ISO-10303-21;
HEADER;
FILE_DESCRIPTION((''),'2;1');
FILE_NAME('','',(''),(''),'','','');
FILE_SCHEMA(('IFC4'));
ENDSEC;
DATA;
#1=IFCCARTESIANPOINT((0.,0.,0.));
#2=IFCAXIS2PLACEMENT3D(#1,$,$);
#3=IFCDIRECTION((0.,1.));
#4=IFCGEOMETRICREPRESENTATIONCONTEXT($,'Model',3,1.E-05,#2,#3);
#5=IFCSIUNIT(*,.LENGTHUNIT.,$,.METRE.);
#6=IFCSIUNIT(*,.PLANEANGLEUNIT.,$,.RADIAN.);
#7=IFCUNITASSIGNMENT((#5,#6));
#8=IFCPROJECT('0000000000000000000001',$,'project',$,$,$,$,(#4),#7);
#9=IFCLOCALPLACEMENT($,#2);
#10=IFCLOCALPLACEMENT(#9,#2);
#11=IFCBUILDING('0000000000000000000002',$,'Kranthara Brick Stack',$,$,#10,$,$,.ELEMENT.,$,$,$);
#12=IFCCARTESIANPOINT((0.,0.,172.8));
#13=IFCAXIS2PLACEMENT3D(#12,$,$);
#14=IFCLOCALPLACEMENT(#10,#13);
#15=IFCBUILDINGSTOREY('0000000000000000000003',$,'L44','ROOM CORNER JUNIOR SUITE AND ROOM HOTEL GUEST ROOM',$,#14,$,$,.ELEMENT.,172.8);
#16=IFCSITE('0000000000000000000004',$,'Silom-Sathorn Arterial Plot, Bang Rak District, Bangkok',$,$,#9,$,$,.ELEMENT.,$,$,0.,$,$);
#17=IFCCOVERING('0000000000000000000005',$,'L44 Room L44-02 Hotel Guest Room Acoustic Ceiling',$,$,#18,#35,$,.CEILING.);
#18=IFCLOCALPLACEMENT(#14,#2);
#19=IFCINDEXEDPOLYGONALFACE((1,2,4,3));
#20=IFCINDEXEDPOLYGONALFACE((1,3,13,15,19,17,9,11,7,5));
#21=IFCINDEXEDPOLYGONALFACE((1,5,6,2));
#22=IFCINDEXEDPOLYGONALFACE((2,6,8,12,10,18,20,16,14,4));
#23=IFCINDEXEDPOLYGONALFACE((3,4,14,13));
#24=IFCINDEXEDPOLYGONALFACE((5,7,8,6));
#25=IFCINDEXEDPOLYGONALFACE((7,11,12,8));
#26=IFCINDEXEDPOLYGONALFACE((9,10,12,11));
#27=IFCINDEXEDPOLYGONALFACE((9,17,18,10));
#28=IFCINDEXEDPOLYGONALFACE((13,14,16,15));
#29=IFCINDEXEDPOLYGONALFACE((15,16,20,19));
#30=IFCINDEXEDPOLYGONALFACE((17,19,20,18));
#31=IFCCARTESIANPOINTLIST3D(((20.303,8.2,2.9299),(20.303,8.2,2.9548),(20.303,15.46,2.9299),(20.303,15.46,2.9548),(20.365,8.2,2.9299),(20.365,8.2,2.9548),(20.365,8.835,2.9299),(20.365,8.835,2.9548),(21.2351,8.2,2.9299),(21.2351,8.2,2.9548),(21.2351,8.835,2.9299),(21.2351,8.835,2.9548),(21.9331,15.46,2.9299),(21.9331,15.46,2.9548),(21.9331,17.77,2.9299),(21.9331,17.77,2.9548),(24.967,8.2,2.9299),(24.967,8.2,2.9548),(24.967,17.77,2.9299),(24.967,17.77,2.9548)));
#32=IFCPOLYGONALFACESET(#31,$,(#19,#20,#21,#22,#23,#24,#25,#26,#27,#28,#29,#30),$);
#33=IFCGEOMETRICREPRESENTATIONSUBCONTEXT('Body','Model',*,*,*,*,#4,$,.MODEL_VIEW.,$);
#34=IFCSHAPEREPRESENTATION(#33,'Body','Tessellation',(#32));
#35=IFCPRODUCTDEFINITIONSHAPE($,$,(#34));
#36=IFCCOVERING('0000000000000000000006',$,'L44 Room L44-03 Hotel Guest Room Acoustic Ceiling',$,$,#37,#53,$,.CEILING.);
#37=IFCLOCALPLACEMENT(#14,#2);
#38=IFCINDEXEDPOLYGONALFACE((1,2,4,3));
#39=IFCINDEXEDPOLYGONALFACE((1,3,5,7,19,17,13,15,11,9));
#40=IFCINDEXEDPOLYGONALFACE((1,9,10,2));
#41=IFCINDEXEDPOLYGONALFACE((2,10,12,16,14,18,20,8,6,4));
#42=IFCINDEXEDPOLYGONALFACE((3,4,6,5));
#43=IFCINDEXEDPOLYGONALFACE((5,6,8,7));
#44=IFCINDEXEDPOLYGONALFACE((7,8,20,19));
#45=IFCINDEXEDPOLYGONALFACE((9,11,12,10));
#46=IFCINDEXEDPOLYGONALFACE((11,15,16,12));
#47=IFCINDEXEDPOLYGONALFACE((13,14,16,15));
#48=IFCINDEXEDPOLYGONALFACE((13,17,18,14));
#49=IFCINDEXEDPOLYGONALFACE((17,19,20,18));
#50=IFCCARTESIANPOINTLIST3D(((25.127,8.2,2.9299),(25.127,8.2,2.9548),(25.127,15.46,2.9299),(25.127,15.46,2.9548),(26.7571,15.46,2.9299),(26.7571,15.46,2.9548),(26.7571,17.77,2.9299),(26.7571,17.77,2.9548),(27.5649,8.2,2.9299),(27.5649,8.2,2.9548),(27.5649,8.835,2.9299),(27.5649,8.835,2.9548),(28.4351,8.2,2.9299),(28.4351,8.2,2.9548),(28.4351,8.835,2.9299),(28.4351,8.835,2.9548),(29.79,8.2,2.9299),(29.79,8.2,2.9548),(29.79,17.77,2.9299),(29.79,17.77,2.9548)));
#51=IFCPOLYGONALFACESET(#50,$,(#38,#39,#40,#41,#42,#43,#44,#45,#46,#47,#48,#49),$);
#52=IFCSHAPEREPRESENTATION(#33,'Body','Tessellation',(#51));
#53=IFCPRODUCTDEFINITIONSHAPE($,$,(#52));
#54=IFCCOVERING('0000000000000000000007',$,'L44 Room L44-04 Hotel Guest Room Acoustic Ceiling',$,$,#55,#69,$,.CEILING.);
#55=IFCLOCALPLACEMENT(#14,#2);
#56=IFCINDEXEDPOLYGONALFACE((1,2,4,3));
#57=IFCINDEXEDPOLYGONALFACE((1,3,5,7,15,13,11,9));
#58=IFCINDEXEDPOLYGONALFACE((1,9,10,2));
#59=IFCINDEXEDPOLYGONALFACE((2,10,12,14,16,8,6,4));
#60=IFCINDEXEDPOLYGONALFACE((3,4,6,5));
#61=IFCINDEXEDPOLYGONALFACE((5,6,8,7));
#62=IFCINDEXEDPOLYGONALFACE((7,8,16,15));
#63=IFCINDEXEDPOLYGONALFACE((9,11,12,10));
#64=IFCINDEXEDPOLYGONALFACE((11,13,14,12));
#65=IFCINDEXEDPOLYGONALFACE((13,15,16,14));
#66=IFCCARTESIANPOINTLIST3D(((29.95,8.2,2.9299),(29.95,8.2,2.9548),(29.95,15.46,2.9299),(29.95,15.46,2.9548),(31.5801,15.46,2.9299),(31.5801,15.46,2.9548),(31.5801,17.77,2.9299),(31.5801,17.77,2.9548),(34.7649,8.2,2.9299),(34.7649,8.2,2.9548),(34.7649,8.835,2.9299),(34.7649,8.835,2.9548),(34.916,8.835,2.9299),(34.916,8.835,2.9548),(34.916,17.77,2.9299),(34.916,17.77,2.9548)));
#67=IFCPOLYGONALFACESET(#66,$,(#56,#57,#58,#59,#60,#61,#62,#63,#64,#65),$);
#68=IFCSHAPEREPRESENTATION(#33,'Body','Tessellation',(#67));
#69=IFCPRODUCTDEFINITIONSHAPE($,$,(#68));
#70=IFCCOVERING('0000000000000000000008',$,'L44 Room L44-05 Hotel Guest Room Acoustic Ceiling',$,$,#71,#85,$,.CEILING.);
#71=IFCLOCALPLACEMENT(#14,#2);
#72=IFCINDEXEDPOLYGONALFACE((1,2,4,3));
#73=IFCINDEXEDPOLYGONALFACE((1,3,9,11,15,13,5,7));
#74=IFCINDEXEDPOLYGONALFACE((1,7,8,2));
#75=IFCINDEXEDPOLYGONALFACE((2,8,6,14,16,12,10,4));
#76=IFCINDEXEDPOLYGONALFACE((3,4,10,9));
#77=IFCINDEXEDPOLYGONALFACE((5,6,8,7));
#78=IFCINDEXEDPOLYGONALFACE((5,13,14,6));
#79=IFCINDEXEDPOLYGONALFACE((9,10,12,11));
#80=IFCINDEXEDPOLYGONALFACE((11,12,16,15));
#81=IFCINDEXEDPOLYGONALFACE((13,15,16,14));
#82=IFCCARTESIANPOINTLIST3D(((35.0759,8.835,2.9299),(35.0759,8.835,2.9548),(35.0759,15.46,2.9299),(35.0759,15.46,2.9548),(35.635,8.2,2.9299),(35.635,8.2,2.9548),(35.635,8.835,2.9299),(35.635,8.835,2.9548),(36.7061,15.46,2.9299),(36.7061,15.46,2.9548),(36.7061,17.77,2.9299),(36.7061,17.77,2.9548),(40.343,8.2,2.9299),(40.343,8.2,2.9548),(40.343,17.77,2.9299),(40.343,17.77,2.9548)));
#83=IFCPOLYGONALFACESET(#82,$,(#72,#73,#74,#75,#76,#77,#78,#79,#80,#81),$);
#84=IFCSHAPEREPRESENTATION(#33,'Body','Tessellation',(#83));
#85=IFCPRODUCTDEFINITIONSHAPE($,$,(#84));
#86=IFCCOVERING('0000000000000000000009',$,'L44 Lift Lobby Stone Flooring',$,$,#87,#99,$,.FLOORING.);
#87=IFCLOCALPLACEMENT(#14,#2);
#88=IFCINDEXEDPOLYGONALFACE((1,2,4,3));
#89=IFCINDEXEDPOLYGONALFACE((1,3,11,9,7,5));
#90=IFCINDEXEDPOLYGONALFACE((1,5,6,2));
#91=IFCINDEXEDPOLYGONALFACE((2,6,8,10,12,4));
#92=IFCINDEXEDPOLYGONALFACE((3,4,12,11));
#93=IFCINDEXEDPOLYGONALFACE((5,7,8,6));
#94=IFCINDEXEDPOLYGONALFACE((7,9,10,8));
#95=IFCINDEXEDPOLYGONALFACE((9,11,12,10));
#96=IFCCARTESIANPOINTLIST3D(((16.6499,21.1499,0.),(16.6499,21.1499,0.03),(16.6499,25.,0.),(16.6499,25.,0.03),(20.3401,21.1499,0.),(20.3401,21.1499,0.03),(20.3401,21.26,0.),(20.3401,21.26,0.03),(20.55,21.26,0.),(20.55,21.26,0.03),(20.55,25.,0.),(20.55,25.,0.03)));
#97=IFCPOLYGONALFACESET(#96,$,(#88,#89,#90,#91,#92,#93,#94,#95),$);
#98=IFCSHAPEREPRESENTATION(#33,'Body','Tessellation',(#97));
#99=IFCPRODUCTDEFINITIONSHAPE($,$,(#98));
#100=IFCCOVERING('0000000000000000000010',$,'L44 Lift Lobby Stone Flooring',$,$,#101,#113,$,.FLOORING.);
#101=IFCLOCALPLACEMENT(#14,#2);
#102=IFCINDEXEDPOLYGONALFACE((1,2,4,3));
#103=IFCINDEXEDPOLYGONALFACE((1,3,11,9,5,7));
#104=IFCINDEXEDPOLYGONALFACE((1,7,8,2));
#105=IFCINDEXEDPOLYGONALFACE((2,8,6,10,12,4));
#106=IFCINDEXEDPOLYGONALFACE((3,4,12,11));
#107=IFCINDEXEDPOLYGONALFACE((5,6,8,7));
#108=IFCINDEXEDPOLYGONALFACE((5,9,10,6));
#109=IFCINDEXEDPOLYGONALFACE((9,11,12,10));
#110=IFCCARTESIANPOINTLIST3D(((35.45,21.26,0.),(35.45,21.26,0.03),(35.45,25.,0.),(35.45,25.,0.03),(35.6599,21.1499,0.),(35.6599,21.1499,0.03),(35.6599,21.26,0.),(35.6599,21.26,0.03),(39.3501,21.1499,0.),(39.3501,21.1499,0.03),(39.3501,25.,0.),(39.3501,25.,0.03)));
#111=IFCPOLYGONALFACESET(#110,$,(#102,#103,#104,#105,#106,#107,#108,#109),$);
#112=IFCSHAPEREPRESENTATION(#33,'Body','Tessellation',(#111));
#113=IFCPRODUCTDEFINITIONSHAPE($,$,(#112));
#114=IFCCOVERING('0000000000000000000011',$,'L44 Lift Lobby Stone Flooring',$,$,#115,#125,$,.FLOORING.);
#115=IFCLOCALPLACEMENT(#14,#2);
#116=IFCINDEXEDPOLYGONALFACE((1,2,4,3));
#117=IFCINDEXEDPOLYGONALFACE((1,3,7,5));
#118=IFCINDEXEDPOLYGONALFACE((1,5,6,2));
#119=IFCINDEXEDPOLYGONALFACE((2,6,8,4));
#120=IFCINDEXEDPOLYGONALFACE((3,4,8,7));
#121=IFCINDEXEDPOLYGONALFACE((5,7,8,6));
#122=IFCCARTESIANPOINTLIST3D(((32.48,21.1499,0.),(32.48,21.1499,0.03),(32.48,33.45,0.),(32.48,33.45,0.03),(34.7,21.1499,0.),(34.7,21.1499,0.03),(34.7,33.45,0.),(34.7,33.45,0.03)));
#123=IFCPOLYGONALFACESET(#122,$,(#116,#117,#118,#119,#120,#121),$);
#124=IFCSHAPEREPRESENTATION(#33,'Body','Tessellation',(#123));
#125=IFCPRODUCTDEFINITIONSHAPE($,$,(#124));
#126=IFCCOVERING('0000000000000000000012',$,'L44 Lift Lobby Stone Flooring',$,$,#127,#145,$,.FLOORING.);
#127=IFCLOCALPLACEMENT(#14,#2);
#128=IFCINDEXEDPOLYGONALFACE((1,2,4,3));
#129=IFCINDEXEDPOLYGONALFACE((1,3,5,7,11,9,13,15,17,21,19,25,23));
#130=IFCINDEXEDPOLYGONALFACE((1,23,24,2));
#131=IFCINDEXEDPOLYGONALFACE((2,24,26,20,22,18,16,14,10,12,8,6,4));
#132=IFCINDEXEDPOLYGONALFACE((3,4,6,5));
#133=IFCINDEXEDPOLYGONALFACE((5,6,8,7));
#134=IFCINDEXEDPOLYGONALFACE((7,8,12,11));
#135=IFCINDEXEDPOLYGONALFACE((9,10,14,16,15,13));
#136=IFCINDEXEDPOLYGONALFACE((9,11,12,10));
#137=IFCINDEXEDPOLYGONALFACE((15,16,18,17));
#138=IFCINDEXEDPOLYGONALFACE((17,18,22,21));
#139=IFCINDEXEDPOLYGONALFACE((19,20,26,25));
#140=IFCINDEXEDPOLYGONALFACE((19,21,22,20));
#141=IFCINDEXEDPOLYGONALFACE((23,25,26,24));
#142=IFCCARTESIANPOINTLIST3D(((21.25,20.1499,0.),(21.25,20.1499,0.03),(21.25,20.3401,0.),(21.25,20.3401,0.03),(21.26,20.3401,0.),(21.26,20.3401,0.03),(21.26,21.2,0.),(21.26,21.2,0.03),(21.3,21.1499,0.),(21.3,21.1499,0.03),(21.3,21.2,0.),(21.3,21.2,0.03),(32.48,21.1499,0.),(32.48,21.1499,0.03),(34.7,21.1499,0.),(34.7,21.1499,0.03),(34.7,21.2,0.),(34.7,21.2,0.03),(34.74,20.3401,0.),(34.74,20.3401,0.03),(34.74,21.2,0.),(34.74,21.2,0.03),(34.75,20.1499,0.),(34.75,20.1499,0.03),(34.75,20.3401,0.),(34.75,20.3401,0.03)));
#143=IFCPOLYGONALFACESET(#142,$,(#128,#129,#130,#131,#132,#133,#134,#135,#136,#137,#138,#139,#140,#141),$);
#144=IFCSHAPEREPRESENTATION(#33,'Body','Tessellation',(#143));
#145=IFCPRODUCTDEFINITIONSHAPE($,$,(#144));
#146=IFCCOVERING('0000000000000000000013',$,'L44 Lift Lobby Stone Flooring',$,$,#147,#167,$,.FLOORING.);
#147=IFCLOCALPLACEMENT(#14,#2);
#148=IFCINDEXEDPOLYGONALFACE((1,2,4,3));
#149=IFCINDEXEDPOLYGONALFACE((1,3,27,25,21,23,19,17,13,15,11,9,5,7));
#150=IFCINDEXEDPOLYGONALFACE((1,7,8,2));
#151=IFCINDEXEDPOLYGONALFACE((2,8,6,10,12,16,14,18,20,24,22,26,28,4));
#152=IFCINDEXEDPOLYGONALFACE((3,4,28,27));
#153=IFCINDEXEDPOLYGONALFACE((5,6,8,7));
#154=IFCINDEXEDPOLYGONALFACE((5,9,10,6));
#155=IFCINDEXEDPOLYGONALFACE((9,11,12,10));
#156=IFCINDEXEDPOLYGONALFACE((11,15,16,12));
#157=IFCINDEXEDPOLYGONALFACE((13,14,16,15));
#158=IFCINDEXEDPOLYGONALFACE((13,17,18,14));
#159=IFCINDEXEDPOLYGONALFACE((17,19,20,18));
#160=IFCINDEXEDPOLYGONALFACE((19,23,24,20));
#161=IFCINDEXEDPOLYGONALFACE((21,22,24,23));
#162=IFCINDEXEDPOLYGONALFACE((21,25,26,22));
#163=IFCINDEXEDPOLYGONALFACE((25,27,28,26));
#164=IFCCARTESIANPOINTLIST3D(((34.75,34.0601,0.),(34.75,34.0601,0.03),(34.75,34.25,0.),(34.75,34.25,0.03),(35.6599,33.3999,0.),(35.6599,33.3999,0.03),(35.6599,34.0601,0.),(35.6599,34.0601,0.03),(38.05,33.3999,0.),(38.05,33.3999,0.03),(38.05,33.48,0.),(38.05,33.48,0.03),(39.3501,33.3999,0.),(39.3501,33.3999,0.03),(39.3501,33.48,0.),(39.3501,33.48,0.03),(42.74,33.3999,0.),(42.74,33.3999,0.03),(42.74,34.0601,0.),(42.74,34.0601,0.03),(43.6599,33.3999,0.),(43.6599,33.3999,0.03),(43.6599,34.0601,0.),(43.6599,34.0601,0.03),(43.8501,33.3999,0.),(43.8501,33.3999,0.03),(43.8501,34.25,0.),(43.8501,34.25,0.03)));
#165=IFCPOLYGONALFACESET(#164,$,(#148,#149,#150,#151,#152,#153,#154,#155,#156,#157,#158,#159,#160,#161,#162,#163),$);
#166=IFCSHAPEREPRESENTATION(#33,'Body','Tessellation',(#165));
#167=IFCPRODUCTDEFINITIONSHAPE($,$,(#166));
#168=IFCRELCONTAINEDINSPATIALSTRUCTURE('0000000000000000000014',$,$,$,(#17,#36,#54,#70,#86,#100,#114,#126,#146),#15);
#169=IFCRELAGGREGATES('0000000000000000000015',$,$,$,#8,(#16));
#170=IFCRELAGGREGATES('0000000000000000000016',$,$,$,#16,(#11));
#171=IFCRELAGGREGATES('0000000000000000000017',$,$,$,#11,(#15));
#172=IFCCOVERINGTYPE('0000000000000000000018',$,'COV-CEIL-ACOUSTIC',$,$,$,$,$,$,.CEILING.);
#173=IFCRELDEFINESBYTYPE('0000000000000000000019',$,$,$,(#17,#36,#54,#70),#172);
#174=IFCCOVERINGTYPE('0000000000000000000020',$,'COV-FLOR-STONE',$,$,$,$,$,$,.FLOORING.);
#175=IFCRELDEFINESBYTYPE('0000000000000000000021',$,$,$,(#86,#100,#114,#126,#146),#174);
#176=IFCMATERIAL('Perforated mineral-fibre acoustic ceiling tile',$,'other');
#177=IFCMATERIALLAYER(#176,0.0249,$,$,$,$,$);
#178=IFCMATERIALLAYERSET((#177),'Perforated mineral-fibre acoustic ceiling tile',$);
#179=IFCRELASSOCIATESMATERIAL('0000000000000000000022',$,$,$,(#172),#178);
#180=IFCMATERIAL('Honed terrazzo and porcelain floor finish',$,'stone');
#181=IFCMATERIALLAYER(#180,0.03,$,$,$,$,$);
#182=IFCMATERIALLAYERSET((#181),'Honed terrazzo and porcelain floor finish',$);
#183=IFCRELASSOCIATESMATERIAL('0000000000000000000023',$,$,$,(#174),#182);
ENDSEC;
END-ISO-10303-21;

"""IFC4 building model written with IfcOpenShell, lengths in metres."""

from ifc_helpers import new_model, si_unit, direction, frame, origin, place, context, subcontext, project, spatial, polyline, outline, extrude, material, layer, layer_set, type_object, element, save


model = new_model("IFC4")

# Units and contexts
model_context = context("Model", 3, precision=1e-05, world=origin(), true_north=direction((0.0, 1.0)))
body_context = subcontext(model_context, "Body", "Model", "MODEL_VIEW")
ifc_project = project(units=[si_unit("LENGTHUNIT", "METRE"), si_unit("PLANEANGLEUNIT", "RADIAN")], contexts=[model_context])

# Site, building, storey
site_placement = place(None, origin())
site = spatial("IfcSite", under=ifc_project, at=site_placement, Name="Silom-Sathorn Arterial Plot, Bang Rak District, Bangkok", CompositionType="ELEMENT", RefElevation=0.0)
building_placement = place(site_placement, origin())
building = spatial("IfcBuilding", under=site, at=building_placement, Name="Kranthara Brick Stack", CompositionType="ELEMENT")
storey_placement = place(building_placement, frame((0.0, 0.0, 172.8)))
storey = spatial("IfcBuildingStorey", under=building, at=storey_placement, Name="L44", Description="ROOM CORNER JUNIOR SUITE AND ROOM HOTEL GUEST ROOM", CompositionType="ELEMENT", Elevation=172.8)

# Coverings
ifc_material_1 = material(Name="Perforated mineral-fibre acoustic ceiling tile", Category="other")
ifc_layer_1 = layer(ifc_material_1, 0.0249)
ifc_layer_set_1 = layer_set([ifc_layer_1], Name="Perforated mineral-fibre acoustic ceiling tile")
covering_type_1 = type_object("IfcCoveringType", Name="COV-CEIL-ACOUSTIC", PredefinedType="CEILING", material=ifc_layer_set_1)
covering_1_placement = place(storey_placement, frame((0.0, 0.0, 2.9299)))
element("IfcCovering", 1, at=covering_1_placement, inside=storey, type_object=covering_type_1, Name="L44 Room L44-02 Hotel Guest Room Acoustic Ceiling", PredefinedType="CEILING", context=body_context, shape_type="SweptSolid", body=[
    extrude(outline(polyline([(20.303, 8.2), (20.303, 15.46), (21.9331, 15.46), (21.9331, 17.77), (24.967, 17.77), (24.967, 8.2), (21.2351, 8.2), (21.2351, 8.835), (20.365, 8.835), (20.365, 8.2), (20.303, 8.2)])), origin(), (0.0, 0.0, 1.0), 0.0249),
])
covering_2_placement = place(storey_placement, frame((0.0, 0.0, 2.9299)))
element("IfcCovering", 2, at=covering_2_placement, inside=storey, type_object=covering_type_1, Name="L44 Room L44-03 Hotel Guest Room Acoustic Ceiling", PredefinedType="CEILING", context=body_context, shape_type="SweptSolid", body=[
    extrude(outline(polyline([(25.127, 8.2), (25.127, 15.46), (26.7571, 15.46), (26.7571, 17.77), (29.79, 17.77), (29.79, 8.2), (28.4351, 8.2), (28.4351, 8.835), (27.5649, 8.835), (27.5649, 8.2), (25.127, 8.2)])), origin(), (0.0, 0.0, 1.0), 0.0249),
])
covering_3_placement = place(storey_placement, frame((0.0, 0.0, 2.9299)))
element("IfcCovering", 3, at=covering_3_placement, inside=storey, type_object=covering_type_1, Name="L44 Room L44-04 Hotel Guest Room Acoustic Ceiling", PredefinedType="CEILING", context=body_context, shape_type="SweptSolid", body=[
    extrude(outline(polyline([(29.95, 8.2), (29.95, 15.46), (31.5801, 15.46), (31.5801, 17.77), (34.916, 17.77), (34.916, 8.835), (34.7649, 8.835), (34.7649, 8.2), (29.95, 8.2)])), origin(), (0.0, 0.0, 1.0), 0.0249),
])
covering_4_placement = place(storey_placement, frame((0.0, 0.0, 2.9299)))
element("IfcCovering", 4, at=covering_4_placement, inside=storey, type_object=covering_type_1, Name="L44 Room L44-05 Hotel Guest Room Acoustic Ceiling", PredefinedType="CEILING", context=body_context, shape_type="SweptSolid", body=[
    extrude(outline(polyline([(35.0759, 15.46), (36.7061, 15.46), (36.7061, 17.77), (40.343, 17.77), (40.343, 8.2), (35.635, 8.2), (35.635, 8.835), (35.0759, 8.835), (35.0759, 15.46)])), origin(), (0.0, 0.0, 1.0), 0.0249),
])
ifc_material_2 = material(Name="Honed terrazzo and porcelain floor finish", Category="stone")
ifc_layer_2 = layer(ifc_material_2, 0.03)
ifc_layer_set_2 = layer_set([ifc_layer_2], Name="Honed terrazzo and porcelain floor finish")
covering_type_2 = type_object("IfcCoveringType", Name="COV-FLOR-STONE", PredefinedType="FLOORING", material=ifc_layer_set_2)
covering_5_placement = place(storey_placement, origin())
element("IfcCovering", 5, at=covering_5_placement, inside=storey, type_object=covering_type_2, Name="L44 Lift Lobby Stone Flooring", PredefinedType="FLOORING", context=body_context, shape_type="SweptSolid", body=[
    extrude(outline(polyline([(16.6499, 21.1499), (16.6499, 25.0), (20.55, 25.0), (20.55, 21.26), (20.3401, 21.26), (20.3401, 21.1499), (16.6499, 21.1499)])), origin(), (0.0, 0.0, 1.0), 0.03),
])
covering_6_placement = place(storey_placement, origin())
element("IfcCovering", 6, at=covering_6_placement, inside=storey, type_object=covering_type_2, Name="L44 Lift Lobby Stone Flooring", PredefinedType="FLOORING", context=body_context, shape_type="SweptSolid", body=[
    extrude(outline(polyline([(35.45, 25.0), (39.3501, 25.0), (39.3501, 21.1499), (35.6599, 21.1499), (35.6599, 21.26), (35.45, 21.26), (35.45, 25.0)])), origin(), (0.0, 0.0, 1.0), 0.03),
])
covering_7_placement = place(storey_placement, origin())
element("IfcCovering", 7, at=covering_7_placement, inside=storey, type_object=covering_type_2, Name="L44 Lift Lobby Stone Flooring", PredefinedType="FLOORING", context=body_context, shape_type="SweptSolid", body=[
    extrude(outline(polyline([(34.7, 21.1499), (34.7, 33.45), (32.48, 33.45), (32.48, 21.1499), (34.7, 21.1499)])), origin(), (0.0, 0.0, 1.0), 0.03),
])
covering_8_placement = place(storey_placement, origin())
element("IfcCovering", 8, at=covering_8_placement, inside=storey, type_object=covering_type_2, Name="L44 Lift Lobby Stone Flooring", PredefinedType="FLOORING", context=body_context, shape_type="SweptSolid", body=[
    extrude(outline(polyline([(21.25, 20.3401), (21.26, 20.3401), (21.26, 21.2), (21.3, 21.2), (21.3, 21.1499), (32.48, 21.1499), (34.7, 21.1499), (34.7, 21.2), (34.74, 21.2), (34.74, 20.3401), (34.75, 20.3401), (34.75, 20.1499), (21.25, 20.1499), (21.25, 20.3401)])), origin(), (0.0, 0.0, 1.0), 0.03),
])
covering_9_placement = place(storey_placement, origin())
element("IfcCovering", 9, at=covering_9_placement, inside=storey, type_object=covering_type_2, Name="L44 Lift Lobby Stone Flooring", PredefinedType="FLOORING", context=body_context, shape_type="SweptSolid", body=[
    extrude(outline(polyline([(43.6599, 33.3999), (43.6599, 34.0601), (42.74, 34.0601), (42.74, 33.3999), (39.3501, 33.3999), (39.3501, 33.48), (38.05, 33.48), (38.05, 33.3999), (35.6599, 33.3999), (35.6599, 34.0601), (34.75, 34.0601), (34.75, 34.25), (43.8501, 34.25), (43.8501, 33.3999), (43.6599, 33.3999)])), origin(), (0.0, 0.0, 1.0), 0.03),
])

save(model, "model.ifc")
